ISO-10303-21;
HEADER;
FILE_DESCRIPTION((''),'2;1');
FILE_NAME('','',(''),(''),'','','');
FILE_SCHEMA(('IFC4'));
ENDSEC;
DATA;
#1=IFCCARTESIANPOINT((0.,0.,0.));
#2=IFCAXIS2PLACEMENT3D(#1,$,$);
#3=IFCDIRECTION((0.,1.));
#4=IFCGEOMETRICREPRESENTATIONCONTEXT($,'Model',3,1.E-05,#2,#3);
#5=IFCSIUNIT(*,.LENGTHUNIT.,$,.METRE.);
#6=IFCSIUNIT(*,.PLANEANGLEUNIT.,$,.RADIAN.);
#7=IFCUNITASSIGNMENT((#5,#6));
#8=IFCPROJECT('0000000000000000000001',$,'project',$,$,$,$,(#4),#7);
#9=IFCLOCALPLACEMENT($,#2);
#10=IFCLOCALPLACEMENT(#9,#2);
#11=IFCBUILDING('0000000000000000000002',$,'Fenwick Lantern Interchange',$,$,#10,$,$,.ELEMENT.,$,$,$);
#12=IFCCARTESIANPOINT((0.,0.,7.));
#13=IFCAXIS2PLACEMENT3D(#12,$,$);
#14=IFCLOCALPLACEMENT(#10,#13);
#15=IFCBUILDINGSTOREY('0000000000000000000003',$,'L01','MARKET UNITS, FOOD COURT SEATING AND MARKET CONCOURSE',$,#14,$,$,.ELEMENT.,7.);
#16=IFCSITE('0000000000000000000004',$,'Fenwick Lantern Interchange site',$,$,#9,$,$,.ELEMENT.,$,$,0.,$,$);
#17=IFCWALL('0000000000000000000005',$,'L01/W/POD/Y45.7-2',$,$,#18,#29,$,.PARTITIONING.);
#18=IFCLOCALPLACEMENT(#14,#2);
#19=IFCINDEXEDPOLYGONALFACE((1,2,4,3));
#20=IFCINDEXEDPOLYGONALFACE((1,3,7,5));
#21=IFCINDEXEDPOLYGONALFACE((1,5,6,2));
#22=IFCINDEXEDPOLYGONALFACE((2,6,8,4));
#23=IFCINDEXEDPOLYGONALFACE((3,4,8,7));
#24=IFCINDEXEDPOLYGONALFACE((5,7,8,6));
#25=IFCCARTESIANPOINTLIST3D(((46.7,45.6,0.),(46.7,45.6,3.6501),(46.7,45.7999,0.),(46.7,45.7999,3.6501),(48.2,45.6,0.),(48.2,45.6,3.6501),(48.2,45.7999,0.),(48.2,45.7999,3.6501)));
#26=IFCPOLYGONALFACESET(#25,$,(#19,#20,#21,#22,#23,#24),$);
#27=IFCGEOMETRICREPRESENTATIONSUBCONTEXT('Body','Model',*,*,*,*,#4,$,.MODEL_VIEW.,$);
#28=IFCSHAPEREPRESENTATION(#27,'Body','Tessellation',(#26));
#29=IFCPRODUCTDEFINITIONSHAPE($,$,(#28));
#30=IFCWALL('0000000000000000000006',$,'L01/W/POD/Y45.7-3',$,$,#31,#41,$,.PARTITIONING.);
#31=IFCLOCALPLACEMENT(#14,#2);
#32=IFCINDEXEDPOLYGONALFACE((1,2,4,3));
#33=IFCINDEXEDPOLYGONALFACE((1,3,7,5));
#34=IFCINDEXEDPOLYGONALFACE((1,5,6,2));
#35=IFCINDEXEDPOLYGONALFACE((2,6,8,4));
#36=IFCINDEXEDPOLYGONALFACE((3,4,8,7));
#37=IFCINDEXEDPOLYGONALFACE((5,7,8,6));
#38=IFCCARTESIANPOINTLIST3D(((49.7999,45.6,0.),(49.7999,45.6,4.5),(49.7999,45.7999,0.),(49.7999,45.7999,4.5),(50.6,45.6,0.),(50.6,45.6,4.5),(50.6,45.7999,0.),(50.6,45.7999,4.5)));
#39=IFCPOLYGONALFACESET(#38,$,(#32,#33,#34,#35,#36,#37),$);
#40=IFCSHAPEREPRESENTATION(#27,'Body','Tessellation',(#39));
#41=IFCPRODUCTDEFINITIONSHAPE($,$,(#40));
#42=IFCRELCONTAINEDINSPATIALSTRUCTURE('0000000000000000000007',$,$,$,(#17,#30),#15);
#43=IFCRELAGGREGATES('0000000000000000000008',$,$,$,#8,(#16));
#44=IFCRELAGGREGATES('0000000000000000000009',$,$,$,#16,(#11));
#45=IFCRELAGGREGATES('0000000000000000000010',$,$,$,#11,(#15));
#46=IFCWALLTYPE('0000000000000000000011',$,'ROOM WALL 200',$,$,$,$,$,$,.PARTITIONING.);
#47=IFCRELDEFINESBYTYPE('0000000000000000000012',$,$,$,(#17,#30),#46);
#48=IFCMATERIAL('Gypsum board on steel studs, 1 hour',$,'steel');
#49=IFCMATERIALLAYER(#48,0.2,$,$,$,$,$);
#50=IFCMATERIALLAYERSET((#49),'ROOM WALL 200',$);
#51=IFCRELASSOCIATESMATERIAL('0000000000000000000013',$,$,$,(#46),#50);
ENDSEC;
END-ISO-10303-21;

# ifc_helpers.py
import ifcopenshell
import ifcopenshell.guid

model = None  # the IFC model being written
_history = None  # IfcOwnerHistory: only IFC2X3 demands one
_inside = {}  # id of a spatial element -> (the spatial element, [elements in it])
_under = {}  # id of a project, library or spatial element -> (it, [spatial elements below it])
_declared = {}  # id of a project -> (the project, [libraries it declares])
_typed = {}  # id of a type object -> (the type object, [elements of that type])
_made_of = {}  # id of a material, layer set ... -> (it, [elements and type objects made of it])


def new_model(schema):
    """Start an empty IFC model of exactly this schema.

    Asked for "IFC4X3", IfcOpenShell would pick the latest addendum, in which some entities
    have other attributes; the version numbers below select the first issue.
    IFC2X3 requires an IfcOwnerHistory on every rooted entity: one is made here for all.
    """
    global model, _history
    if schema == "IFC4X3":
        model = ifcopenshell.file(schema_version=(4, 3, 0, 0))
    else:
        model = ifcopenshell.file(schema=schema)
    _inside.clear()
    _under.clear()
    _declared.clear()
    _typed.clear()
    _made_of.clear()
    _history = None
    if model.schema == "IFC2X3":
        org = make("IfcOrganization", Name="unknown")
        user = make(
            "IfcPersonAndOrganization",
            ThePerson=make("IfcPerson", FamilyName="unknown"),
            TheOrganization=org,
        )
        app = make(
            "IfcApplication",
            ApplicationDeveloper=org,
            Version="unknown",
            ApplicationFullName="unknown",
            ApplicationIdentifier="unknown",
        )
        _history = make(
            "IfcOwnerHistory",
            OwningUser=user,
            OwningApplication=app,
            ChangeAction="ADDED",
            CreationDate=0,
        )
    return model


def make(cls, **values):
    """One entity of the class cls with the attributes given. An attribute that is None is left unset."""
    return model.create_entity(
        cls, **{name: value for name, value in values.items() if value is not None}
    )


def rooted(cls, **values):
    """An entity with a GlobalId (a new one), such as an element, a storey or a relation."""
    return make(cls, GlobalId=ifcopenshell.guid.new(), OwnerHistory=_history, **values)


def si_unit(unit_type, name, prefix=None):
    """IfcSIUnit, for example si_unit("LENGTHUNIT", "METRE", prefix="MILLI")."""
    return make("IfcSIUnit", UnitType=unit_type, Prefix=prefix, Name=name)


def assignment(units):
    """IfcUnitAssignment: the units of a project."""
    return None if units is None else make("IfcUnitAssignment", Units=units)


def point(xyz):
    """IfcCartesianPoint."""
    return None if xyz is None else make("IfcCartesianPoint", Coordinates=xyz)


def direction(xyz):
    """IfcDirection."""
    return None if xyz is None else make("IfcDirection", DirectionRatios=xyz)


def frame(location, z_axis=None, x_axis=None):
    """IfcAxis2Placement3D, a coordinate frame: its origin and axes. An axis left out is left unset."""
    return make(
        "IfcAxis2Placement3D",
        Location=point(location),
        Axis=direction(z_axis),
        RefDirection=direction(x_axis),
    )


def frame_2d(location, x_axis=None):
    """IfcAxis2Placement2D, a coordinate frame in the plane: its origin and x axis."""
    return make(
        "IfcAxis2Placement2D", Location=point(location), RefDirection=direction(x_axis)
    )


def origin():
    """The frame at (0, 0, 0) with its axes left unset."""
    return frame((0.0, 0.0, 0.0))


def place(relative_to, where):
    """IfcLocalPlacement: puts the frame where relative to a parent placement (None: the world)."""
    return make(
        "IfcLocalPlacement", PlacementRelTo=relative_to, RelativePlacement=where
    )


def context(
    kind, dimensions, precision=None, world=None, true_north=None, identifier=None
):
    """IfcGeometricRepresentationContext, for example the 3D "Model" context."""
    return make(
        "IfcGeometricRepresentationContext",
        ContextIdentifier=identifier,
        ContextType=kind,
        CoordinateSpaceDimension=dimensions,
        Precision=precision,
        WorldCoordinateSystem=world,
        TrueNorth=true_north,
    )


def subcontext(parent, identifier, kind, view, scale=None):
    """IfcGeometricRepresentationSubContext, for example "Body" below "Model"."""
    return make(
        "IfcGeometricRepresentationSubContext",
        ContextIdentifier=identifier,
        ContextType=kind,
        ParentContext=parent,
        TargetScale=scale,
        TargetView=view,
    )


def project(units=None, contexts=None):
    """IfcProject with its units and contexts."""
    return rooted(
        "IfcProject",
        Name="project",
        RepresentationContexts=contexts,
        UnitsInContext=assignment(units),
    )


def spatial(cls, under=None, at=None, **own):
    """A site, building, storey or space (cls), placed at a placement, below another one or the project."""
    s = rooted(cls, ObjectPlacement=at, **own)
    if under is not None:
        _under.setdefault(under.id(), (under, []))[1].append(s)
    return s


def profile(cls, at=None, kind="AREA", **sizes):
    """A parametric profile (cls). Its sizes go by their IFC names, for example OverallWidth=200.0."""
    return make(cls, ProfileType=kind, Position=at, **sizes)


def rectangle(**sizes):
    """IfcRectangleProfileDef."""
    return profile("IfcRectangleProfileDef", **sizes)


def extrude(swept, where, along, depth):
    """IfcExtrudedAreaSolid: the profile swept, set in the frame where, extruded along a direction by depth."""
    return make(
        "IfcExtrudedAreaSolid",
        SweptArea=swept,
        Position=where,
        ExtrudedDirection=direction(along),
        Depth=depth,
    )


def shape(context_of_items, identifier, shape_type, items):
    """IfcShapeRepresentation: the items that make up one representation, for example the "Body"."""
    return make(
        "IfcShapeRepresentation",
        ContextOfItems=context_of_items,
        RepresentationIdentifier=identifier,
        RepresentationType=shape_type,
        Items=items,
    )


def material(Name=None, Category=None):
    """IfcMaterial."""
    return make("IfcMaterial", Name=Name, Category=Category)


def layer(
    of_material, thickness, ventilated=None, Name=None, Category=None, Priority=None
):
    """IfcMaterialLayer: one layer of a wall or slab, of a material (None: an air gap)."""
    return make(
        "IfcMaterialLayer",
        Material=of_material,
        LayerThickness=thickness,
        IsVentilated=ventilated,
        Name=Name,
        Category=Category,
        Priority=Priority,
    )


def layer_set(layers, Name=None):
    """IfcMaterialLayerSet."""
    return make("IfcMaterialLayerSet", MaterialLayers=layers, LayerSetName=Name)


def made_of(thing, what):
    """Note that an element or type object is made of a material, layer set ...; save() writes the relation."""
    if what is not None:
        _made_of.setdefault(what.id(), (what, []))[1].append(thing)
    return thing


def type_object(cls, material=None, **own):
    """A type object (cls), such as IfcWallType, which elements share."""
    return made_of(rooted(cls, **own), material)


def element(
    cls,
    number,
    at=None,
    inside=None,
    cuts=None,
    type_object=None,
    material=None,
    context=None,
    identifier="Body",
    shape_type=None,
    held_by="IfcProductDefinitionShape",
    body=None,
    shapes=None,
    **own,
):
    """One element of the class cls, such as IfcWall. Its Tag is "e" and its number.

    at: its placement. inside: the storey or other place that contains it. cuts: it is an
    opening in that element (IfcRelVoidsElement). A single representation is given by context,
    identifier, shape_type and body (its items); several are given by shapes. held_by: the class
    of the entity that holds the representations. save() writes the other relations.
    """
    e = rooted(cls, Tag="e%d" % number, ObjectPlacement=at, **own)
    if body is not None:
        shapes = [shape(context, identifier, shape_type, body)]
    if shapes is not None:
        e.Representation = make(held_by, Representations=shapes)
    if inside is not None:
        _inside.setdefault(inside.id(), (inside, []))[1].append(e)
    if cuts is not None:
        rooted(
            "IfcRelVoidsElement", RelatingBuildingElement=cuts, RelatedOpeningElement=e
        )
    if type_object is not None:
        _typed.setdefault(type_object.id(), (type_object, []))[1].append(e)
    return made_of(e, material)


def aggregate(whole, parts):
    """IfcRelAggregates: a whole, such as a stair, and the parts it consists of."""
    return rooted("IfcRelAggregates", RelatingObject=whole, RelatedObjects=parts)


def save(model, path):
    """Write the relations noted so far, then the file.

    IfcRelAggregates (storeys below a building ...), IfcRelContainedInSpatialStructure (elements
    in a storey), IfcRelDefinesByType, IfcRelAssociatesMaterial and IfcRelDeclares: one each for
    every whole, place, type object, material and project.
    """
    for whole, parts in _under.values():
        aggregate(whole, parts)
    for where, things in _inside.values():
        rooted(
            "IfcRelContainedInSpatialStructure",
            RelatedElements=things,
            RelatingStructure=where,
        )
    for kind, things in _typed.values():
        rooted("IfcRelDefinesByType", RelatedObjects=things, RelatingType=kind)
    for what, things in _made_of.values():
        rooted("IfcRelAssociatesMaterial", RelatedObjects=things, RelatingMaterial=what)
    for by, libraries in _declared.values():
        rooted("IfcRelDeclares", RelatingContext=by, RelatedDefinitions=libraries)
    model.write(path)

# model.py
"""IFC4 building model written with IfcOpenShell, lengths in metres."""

from ifc_helpers import new_model, si_unit, direction, frame, frame_2d, origin, place, context, subcontext, project, spatial, rectangle, extrude, material, layer, layer_set, type_object, element, save


model = new_model("IFC4")

# Units and contexts
model_context = context("Model", 3, precision=1e-05, world=origin(), true_north=direction((0.0, 1.0)))
body_context = subcontext(model_context, "Body", "Model", "MODEL_VIEW")
ifc_project = project(units=[si_unit("LENGTHUNIT", "METRE"), si_unit("PLANEANGLEUNIT", "RADIAN")], contexts=[model_context])

# Site, building, storey
site_placement = place(None, origin())
site = spatial("IfcSite", under=ifc_project, at=site_placement, Name="Fenwick Lantern Interchange site", CompositionType="ELEMENT", RefElevation=0.0)
building_placement = place(site_placement, origin())
building = spatial("IfcBuilding", under=site, at=building_placement, Name="Fenwick Lantern Interchange", CompositionType="ELEMENT")
storey_placement = place(building_placement, frame((0.0, 0.0, 7.0)))
storey = spatial("IfcBuildingStorey", under=building, at=storey_placement, Name="L01", Description="MARKET UNITS, FOOD COURT SEATING AND MARKET CONCOURSE", CompositionType="ELEMENT", Elevation=7.0)

# Walls
ifc_material_1 = material(Name="Gypsum board on steel studs, 1 hour", Category="steel")
ifc_layer = layer(ifc_material_1, 0.2)
ifc_layer_set = layer_set([ifc_layer], Name="ROOM WALL 200")
wall_type = type_object("IfcWallType", Name="ROOM WALL 200", PredefinedType="PARTITIONING", material=ifc_layer_set)
wall_1_placement = place(storey_placement, frame((46.7, 45.7, 0.0), z_axis=(0.0, 0.0, 1.0), x_axis=(1.0, 0.0, 0.0)))
element("IfcWall", 1, at=wall_1_placement, inside=storey, type_object=wall_type, Name="L01/W/POD/Y45.7-2", PredefinedType="PARTITIONING", context=body_context, shape_type="SweptSolid", body=[
    extrude(rectangle(XDim=1.5, YDim=0.2, at=frame_2d((0.75, 0.0))), origin(), (0.0, 0.0, 1.0), 3.6501),
])
wall_2_placement = place(storey_placement, frame((49.8, 45.7, 0.0), z_axis=(0.0, 0.0, 1.0), x_axis=(1.0, 0.0, 0.0)))
element("IfcWall", 2, at=wall_2_placement, inside=storey, type_object=wall_type, Name="L01/W/POD/Y45.7-3", PredefinedType="PARTITIONING", context=body_context, shape_type="SweptSolid", body=[
    extrude(rectangle(XDim=0.8, YDim=0.2, at=frame_2d((0.3999, 0.0))), origin(), (0.0, 0.0, 1.0), 4.5),
])

save(model, "model.ifc")
